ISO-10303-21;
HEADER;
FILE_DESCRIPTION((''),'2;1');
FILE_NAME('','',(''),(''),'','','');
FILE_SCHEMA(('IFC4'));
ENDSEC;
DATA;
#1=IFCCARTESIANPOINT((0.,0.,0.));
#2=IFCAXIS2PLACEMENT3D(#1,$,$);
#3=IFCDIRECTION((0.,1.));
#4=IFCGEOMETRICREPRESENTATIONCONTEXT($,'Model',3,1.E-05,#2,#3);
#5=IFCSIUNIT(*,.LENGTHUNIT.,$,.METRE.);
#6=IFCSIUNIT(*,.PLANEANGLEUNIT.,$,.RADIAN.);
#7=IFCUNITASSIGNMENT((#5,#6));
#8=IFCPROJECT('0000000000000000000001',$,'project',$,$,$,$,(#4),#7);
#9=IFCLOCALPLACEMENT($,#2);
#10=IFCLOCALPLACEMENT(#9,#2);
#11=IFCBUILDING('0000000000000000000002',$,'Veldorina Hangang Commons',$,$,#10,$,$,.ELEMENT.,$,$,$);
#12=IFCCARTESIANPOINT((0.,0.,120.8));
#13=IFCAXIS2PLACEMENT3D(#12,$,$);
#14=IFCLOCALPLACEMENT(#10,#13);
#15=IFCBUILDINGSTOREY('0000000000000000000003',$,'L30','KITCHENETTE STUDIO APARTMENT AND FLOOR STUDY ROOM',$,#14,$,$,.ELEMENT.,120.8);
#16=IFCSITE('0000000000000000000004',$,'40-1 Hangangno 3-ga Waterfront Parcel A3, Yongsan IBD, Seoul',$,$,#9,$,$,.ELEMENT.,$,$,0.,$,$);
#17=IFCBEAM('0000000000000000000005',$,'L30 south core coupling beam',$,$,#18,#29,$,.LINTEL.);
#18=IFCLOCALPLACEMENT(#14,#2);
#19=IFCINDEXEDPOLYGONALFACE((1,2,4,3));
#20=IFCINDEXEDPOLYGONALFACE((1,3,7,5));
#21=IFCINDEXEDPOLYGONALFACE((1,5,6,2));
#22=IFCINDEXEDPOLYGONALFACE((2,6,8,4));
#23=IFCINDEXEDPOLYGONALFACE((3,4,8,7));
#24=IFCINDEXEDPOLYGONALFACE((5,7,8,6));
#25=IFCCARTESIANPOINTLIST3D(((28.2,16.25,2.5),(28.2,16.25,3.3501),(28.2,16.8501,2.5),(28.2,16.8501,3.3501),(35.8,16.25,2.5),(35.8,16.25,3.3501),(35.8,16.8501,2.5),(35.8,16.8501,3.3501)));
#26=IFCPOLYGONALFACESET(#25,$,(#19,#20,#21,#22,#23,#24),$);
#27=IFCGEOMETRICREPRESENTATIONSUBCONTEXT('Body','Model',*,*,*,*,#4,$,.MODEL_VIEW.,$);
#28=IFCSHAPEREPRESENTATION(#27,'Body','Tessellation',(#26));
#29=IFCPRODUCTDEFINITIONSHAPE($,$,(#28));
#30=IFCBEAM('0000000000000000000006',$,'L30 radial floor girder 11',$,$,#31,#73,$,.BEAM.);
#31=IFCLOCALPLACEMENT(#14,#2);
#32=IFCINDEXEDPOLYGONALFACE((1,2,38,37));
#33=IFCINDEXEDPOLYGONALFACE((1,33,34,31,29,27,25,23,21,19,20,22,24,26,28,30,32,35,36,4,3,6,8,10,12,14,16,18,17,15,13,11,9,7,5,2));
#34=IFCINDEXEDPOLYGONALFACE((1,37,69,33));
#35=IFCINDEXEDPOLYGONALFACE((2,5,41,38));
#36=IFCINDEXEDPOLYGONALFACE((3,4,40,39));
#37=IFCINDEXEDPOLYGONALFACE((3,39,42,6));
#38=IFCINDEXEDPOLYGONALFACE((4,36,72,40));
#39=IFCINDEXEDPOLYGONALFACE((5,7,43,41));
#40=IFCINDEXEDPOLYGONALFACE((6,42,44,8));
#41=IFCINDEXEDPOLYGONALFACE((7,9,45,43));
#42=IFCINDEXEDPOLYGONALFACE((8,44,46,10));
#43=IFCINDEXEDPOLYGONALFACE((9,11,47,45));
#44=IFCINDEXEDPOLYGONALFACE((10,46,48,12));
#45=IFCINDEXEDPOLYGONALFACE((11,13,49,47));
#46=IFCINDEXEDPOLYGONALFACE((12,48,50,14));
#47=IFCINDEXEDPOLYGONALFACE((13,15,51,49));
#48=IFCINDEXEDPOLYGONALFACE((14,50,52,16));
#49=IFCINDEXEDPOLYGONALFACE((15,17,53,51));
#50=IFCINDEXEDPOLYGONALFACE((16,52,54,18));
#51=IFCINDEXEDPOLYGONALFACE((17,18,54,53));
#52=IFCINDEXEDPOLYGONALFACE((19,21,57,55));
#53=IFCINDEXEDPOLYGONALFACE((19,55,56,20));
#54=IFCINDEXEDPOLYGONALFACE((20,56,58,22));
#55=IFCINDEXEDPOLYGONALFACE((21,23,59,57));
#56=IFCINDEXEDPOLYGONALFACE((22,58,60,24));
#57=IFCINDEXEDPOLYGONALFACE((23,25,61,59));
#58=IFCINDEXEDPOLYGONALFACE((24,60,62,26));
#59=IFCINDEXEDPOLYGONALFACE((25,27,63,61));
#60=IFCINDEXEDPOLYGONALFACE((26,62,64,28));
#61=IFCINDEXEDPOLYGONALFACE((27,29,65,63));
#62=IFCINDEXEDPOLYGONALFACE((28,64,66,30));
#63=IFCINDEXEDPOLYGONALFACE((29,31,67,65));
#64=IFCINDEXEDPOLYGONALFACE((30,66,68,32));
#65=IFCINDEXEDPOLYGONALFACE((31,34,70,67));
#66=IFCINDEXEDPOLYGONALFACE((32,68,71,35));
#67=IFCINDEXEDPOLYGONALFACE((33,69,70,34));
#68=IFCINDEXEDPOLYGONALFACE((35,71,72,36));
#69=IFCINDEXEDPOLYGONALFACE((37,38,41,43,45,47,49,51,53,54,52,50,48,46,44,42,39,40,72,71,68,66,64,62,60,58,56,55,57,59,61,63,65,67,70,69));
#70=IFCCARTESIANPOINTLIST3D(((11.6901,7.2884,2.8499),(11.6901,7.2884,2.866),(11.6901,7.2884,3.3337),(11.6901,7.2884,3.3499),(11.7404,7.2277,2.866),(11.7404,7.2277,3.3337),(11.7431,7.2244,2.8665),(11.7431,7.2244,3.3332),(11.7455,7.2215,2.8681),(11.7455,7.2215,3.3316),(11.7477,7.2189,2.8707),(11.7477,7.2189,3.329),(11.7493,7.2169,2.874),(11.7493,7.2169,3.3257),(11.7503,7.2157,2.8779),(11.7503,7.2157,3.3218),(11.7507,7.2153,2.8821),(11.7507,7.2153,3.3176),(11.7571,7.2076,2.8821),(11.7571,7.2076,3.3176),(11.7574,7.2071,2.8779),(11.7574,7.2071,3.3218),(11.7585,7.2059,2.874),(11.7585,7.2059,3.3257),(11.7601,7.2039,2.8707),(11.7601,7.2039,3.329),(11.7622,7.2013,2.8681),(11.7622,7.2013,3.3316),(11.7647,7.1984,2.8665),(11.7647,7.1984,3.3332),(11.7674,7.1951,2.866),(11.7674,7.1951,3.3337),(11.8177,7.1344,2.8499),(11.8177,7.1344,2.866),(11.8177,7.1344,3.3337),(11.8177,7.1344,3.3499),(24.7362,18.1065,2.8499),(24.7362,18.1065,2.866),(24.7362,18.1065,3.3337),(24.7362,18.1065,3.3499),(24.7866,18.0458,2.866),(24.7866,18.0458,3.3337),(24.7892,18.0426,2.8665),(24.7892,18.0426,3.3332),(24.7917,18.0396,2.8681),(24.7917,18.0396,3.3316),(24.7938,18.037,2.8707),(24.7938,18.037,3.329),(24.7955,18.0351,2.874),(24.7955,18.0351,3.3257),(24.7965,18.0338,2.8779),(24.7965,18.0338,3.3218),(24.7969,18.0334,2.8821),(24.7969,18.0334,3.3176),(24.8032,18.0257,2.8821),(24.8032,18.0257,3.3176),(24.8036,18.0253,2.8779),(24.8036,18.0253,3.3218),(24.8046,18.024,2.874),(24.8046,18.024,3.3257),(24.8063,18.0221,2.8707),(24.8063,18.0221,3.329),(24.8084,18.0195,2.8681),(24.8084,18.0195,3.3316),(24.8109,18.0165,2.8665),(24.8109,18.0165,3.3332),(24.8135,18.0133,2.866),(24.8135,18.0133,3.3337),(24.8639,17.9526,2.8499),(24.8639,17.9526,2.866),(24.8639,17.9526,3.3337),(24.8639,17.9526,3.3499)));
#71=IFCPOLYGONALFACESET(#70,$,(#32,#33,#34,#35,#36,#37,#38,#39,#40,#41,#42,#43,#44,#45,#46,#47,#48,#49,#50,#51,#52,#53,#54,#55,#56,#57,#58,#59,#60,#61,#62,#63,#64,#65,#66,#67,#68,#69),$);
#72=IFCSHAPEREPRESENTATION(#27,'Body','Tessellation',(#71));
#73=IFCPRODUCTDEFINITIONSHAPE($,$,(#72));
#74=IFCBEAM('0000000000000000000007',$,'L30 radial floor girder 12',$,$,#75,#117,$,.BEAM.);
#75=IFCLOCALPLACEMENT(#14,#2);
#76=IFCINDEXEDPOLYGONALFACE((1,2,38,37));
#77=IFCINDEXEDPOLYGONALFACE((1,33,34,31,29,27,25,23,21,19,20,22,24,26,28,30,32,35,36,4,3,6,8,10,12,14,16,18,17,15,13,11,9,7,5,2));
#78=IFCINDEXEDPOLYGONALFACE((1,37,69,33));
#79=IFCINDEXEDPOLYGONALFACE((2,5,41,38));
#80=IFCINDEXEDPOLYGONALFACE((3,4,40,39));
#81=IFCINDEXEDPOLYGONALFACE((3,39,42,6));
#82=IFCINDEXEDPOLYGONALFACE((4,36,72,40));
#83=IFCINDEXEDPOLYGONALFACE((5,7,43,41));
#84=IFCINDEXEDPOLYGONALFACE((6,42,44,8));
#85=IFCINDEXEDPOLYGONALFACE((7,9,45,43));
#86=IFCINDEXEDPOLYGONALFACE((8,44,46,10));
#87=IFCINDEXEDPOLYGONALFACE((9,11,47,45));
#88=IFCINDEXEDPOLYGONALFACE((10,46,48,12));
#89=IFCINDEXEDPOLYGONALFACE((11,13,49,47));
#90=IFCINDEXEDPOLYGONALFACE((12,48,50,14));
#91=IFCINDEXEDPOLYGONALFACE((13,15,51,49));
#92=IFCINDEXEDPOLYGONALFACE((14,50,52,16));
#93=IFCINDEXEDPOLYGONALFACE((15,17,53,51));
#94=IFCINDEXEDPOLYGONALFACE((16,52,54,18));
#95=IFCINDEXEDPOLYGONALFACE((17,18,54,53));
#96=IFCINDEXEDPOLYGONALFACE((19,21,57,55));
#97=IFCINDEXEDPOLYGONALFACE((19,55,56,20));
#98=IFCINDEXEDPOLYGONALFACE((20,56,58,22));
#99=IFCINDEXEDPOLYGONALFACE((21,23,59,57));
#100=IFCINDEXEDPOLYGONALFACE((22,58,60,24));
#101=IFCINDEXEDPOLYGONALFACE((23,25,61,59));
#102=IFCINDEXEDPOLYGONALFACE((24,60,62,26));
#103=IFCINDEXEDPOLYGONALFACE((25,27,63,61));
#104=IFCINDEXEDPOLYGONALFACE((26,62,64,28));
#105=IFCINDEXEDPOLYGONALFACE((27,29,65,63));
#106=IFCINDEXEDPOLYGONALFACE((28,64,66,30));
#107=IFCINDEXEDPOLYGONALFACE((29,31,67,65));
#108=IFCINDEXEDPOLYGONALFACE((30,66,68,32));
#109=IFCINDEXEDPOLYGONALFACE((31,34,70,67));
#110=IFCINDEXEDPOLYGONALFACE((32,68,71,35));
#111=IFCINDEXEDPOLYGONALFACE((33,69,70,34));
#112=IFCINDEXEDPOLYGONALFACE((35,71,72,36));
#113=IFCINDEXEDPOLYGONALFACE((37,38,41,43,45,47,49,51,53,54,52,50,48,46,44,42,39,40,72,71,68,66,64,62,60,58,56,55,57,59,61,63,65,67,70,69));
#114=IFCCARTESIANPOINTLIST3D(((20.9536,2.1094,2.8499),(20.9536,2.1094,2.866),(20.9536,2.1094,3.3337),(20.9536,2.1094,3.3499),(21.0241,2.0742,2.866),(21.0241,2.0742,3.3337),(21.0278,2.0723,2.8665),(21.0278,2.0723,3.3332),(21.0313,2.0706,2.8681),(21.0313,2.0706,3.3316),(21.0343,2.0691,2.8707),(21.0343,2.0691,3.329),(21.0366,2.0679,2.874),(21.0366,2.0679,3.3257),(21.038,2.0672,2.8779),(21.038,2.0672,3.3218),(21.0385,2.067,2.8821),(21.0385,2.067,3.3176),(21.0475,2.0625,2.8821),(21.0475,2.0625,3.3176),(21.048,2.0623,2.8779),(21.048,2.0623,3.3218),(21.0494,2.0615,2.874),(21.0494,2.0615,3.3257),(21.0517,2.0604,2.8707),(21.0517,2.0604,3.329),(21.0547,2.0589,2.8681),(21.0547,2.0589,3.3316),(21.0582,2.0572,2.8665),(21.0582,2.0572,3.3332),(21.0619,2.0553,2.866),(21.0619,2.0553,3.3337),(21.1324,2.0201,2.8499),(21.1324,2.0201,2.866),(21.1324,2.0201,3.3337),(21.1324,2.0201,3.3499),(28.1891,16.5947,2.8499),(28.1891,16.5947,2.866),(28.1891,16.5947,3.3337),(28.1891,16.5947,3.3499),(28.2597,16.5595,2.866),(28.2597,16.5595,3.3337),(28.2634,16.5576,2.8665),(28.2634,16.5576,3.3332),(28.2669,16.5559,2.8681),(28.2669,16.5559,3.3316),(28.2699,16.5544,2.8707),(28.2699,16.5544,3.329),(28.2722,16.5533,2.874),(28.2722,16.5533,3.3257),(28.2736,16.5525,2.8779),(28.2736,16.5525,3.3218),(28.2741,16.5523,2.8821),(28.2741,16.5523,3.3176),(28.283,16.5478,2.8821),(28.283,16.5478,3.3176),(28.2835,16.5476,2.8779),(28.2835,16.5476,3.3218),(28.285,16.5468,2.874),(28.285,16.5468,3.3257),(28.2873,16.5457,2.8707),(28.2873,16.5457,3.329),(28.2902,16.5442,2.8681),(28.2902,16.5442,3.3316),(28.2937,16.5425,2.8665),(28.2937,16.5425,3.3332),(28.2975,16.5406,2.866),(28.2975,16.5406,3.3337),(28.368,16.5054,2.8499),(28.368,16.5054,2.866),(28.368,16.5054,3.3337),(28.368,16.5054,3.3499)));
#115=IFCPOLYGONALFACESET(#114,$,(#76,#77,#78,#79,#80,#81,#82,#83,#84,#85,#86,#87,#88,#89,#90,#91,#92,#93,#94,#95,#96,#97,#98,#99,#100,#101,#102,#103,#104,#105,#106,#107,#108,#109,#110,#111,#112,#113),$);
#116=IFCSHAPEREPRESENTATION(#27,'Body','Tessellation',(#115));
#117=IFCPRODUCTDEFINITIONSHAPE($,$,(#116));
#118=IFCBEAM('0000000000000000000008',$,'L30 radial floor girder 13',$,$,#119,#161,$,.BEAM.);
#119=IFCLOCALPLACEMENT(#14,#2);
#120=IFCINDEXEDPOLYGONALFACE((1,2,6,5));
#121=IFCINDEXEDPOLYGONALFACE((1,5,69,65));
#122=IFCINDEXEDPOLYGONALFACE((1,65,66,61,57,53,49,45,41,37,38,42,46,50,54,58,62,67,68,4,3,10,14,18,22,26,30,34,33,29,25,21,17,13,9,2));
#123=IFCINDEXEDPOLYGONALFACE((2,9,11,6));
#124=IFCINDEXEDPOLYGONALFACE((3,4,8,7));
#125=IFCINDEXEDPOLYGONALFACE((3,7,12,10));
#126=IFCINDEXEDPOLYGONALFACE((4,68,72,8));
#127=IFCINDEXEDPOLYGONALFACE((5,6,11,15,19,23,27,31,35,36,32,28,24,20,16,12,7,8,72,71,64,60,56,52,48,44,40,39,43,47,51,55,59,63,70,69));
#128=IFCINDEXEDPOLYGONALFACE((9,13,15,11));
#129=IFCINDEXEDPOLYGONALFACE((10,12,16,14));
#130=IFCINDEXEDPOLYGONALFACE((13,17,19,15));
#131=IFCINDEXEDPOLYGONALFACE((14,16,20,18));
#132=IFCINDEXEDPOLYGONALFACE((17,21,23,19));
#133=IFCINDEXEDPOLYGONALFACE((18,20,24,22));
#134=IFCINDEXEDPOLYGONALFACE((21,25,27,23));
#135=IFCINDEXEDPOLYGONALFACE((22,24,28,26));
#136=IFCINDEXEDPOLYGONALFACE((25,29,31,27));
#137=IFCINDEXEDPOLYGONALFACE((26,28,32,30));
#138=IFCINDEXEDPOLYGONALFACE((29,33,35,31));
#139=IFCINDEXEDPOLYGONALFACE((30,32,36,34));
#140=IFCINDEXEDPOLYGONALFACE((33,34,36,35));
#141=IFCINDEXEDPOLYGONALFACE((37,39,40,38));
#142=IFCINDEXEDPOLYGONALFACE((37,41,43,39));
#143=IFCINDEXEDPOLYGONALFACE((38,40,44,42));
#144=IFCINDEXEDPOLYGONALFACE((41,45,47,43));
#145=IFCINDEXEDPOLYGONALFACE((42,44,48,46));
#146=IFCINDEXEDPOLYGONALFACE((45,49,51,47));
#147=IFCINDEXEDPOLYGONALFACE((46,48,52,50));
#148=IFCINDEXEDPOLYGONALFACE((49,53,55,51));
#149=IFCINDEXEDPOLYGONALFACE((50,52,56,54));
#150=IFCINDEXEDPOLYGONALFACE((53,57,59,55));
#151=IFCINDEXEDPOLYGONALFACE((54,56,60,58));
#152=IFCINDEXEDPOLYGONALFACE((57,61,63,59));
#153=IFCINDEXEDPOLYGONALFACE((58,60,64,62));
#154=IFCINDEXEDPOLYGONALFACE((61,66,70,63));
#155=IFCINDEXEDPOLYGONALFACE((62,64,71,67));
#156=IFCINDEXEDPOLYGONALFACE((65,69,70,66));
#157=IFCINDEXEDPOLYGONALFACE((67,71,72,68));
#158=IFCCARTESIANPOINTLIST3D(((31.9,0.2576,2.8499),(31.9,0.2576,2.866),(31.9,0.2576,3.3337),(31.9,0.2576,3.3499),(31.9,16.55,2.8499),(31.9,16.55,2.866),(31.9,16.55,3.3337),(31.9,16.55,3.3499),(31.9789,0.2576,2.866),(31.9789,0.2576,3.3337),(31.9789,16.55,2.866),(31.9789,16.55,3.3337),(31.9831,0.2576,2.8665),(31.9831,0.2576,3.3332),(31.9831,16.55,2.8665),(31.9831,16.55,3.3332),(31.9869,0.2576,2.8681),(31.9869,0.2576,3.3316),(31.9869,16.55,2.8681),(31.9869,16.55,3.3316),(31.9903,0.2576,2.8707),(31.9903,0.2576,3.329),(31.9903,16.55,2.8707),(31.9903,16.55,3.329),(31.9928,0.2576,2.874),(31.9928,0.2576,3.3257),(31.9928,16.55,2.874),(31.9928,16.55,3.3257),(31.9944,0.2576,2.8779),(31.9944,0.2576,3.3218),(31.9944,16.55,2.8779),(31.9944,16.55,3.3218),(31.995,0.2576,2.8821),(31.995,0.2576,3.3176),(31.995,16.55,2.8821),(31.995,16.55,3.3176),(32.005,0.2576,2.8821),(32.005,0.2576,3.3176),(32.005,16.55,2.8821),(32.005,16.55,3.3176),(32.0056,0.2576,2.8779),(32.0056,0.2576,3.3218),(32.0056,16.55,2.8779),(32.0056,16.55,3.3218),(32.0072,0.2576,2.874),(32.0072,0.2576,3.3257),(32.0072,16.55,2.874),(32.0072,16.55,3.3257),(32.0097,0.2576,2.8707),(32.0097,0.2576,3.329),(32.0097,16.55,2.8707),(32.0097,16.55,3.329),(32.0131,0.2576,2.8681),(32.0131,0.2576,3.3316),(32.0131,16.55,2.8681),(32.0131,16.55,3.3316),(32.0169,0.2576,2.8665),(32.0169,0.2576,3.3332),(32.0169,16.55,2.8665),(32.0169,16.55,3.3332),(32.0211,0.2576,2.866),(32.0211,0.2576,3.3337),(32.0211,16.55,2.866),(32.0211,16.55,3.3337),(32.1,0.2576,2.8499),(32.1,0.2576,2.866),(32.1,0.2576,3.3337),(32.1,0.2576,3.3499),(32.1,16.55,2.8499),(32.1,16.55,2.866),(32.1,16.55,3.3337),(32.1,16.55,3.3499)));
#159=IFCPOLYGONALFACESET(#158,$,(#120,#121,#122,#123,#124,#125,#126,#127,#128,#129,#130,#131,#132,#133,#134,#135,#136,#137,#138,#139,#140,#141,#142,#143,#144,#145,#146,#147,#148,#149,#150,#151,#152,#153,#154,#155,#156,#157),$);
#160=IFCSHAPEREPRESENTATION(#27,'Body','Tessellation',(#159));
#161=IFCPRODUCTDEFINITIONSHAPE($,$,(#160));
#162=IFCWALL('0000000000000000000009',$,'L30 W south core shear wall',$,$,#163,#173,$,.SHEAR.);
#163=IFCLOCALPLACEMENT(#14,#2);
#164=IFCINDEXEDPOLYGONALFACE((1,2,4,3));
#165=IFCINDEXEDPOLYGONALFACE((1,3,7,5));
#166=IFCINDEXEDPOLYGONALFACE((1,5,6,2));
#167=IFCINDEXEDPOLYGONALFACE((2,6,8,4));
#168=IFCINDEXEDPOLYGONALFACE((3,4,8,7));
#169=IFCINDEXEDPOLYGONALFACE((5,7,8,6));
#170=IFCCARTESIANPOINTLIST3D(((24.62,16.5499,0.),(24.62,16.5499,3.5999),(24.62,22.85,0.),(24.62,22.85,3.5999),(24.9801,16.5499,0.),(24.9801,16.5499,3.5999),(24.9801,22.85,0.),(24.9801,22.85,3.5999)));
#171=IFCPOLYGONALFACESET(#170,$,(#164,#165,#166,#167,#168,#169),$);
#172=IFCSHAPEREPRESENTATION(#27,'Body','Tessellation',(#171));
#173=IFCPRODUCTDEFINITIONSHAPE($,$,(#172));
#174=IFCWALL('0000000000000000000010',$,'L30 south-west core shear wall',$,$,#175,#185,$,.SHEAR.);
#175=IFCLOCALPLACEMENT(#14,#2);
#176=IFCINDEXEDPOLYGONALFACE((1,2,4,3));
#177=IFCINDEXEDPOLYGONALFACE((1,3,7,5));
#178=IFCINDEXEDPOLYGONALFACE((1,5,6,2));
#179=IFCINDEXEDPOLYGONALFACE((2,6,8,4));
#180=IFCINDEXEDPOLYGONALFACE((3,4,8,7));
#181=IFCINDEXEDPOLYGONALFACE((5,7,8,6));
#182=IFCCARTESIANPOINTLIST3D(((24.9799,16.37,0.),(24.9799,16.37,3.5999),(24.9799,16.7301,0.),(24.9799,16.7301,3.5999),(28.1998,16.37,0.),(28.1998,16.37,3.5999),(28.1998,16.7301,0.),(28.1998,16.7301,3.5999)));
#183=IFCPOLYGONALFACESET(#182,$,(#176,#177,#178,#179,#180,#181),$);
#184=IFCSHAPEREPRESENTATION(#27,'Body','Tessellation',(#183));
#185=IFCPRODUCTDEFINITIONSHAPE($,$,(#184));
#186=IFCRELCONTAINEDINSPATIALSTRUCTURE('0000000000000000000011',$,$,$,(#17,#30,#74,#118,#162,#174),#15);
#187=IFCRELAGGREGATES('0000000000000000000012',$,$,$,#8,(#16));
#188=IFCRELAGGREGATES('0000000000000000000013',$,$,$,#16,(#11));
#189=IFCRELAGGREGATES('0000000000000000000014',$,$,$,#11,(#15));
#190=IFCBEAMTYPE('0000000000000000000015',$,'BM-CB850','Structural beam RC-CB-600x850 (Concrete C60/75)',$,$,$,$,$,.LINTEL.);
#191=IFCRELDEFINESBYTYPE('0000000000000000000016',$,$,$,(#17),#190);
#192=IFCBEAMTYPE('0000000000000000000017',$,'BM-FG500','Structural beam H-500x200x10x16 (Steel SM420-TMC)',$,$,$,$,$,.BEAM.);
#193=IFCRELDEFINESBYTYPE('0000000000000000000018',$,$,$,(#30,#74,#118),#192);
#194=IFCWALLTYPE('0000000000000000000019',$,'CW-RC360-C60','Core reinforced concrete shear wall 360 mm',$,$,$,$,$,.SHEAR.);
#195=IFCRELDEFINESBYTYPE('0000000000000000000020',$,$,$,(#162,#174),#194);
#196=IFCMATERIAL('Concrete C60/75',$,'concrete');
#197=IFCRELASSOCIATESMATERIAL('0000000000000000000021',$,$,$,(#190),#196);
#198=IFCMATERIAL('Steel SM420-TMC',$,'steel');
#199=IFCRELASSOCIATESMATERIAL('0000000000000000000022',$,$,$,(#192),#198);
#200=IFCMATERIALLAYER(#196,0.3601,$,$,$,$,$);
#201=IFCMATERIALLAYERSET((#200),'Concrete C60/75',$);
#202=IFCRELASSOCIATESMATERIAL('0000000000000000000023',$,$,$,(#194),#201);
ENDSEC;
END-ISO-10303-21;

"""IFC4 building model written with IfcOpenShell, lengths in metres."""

from ifc_helpers import new_model, si_unit, direction, frame, frame_2d, origin, origin_2d, place, context, subcontext, project, spatial, rectangle, i_section, extrude, material, layer, layer_set, material_profile, profile_set, type_object, element, save


model = new_model("IFC4")

# Units and contexts
model_context = context("Model", 3, precision=1e-05, world=origin(), true_north=direction((0.0, 1.0)))
body_context = subcontext(model_context, "Body", "Model", "MODEL_VIEW")
ifc_project = project(units=[si_unit("LENGTHUNIT", "METRE"), si_unit("PLANEANGLEUNIT", "RADIAN")], contexts=[model_context])

# Site, building, storey
site_placement = place(None, origin())
site = spatial("IfcSite", under=ifc_project, at=site_placement, Name="40-1 Hangangno 3-ga Waterfront Parcel A3, Yongsan IBD, Seoul", CompositionType="ELEMENT", RefElevation=0.0)
building_placement = place(site_placement, origin())
building = spatial("IfcBuilding", under=site, at=building_placement, Name="Veldorina Hangang Commons", CompositionType="ELEMENT")
storey_placement = place(building_placement, frame((0.0, 0.0, 120.8)))
storey = spatial("IfcBuildingStorey", under=building, at=storey_placement, Name="L30", Description="KITCHENETTE STUDIO APARTMENT AND FLOOR STUDY ROOM", CompositionType="ELEMENT", Elevation=120.8)

# Beams
ifc_material_1 = material(Name="Concrete C60/75", Category="concrete")
ifc_material_profile_1 = material_profile(ifc_material_1, rectangle(XDim=0.6001, YDim=0.8501, at=origin_2d()), Name="RC-CB-600x850")
ifc_profile_set_1 = profile_set([ifc_material_profile_1], Name="Concrete C60/75")
beam_type_1 = type_object("IfcBeamType", Name="BM-CB850", Description="Structural beam RC-CB-600x850 (Concrete C60/75)", PredefinedType="LINTEL", material=ifc_profile_set_1)
beam_1_placement = place(storey_placement, frame((28.2, 16.55, 2.925), z_axis=(1.0, 0.0, 0.0), x_axis=(0.0, 1.0, 0.0)))
element("IfcBeam", 1, at=beam_1_placement, inside=storey, type_object=beam_type_1, Name="L30 south core coupling beam", PredefinedType="LINTEL", context=body_context, shape_type="SweptSolid", body=[
    extrude(rectangle(XDim=0.6001, YDim=0.8501, at=origin_2d()), origin(), (0.0, 0.0, 1.0), 7.6001),
])
ifc_material_2 = material(Name="Steel SM420-TMC", Category="steel")
ifc_material_profile_2 = material_profile(ifc_material_2, i_section(OverallWidth=0.2, OverallDepth=0.5, WebThickness=0.01, FlangeThickness=0.0161, FilletRadius=0.0161, at=origin_2d()), Name="H-500x200x10x16")
ifc_profile_set_2 = profile_set([ifc_material_profile_2], Name="Steel SM420-TMC")
beam_type_2 = type_object("IfcBeamType", Name="BM-FG500", Description="Structural beam H-500x200x10x16 (Steel SM420-TMC)", PredefinedType="BEAM", material=ifc_profile_set_2)
beam_2_placement = place(storey_placement, frame((24.8, 18.0295, 3.0999), z_axis=(-0.769776, -0.638314, 0.0), x_axis=(0.638314, -0.769776, 0.0)))
element("IfcBeam", 2, at=beam_2_placement, inside=storey, type_object=beam_type_2, Name="L30 radial floor girder 11", PredefinedType="BEAM", context=body_context, shape_type="SweptSolid", body=[
    extrude(i_section(OverallWidth=0.2, OverallDepth=0.5, WebThickness=0.01, FlangeThickness=0.0161, FilletRadius=0.0161, at=origin_2d()), origin(), (0.0, 0.0, 1.0), 16.948),
])
beam_3_placement = place(storey_placement, frame((28.2786, 16.55, 3.0999), z_axis=(-0.446864, -0.894602, 0.0), x_axis=(0.894602, -0.446864, 0.0)))
element("IfcBeam", 3, at=beam_3_placement, inside=storey, type_object=beam_type_2, Name="L30 radial floor girder 12", PredefinedType="BEAM", context=body_context, shape_type="SweptSolid", body=[
    extrude(i_section(OverallWidth=0.2, OverallDepth=0.5, WebThickness=0.01, FlangeThickness=0.0161, FilletRadius=0.0161, at=origin_2d()), origin(), (0.0, 0.0, 1.0), 16.1919),
])
beam_4_placement = place(storey_placement, frame((32.0, 16.55, 3.0999), z_axis=(0.0, -1.0, 0.0), x_axis=(1.0, 0.0, 0.0)))
element("IfcBeam", 4, at=beam_4_placement, inside=storey, type_object=beam_type_2, Name="L30 radial floor girder 13", PredefinedType="BEAM", context=body_context, shape_type="SweptSolid", body=[
    extrude(i_section(OverallWidth=0.2, OverallDepth=0.5, WebThickness=0.01, FlangeThickness=0.0161, FilletRadius=0.0161, at=origin_2d()), origin(), (0.0, 0.0, 1.0), 16.2925),
])

# Walls
ifc_layer_1 = layer(ifc_material_1, 0.3601)
ifc_layer_set_1 = layer_set([ifc_layer_1], Name="Concrete C60/75")
wall_type_1 = type_object("IfcWallType", Name="CW-RC360-C60", Description="Core reinforced concrete shear wall 360 mm", PredefinedType="SHEAR", material=ifc_layer_set_1)
wall_1_placement = place(storey_placement, frame((24.8, 16.55, 0.0), z_axis=(0.0, 0.0, 1.0), x_axis=(0.0, 1.0, 0.0)))
element("IfcWall", 5, at=wall_1_placement, inside=storey, type_object=wall_type_1, Name="L30 W south core shear wall", PredefinedType="SHEAR", context=body_context, shape_type="SweptSolid", body=[
    extrude(rectangle(XDim=6.3, YDim=0.3601, at=frame_2d((3.1499, 0.0))), origin(), (0.0, 0.0, 1.0), 3.5999),
])
wall_2_placement = place(storey_placement, frame((24.98, 16.55, 0.0), z_axis=(0.0, 0.0, 1.0), x_axis=(1.0, 0.0, 0.0)))
element("IfcWall", 6, at=wall_2_placement, inside=storey, type_object=wall_type_1, Name="L30 south-west core shear wall", PredefinedType="SHEAR", context=body_context, shape_type="SweptSolid", body=[
    extrude(rectangle(XDim=3.22, YDim=0.3601, at=frame_2d((1.6099, 0.0))), origin(), (0.0, 0.0, 1.0), 3.5999),
])

save(model, "model.ifc")
